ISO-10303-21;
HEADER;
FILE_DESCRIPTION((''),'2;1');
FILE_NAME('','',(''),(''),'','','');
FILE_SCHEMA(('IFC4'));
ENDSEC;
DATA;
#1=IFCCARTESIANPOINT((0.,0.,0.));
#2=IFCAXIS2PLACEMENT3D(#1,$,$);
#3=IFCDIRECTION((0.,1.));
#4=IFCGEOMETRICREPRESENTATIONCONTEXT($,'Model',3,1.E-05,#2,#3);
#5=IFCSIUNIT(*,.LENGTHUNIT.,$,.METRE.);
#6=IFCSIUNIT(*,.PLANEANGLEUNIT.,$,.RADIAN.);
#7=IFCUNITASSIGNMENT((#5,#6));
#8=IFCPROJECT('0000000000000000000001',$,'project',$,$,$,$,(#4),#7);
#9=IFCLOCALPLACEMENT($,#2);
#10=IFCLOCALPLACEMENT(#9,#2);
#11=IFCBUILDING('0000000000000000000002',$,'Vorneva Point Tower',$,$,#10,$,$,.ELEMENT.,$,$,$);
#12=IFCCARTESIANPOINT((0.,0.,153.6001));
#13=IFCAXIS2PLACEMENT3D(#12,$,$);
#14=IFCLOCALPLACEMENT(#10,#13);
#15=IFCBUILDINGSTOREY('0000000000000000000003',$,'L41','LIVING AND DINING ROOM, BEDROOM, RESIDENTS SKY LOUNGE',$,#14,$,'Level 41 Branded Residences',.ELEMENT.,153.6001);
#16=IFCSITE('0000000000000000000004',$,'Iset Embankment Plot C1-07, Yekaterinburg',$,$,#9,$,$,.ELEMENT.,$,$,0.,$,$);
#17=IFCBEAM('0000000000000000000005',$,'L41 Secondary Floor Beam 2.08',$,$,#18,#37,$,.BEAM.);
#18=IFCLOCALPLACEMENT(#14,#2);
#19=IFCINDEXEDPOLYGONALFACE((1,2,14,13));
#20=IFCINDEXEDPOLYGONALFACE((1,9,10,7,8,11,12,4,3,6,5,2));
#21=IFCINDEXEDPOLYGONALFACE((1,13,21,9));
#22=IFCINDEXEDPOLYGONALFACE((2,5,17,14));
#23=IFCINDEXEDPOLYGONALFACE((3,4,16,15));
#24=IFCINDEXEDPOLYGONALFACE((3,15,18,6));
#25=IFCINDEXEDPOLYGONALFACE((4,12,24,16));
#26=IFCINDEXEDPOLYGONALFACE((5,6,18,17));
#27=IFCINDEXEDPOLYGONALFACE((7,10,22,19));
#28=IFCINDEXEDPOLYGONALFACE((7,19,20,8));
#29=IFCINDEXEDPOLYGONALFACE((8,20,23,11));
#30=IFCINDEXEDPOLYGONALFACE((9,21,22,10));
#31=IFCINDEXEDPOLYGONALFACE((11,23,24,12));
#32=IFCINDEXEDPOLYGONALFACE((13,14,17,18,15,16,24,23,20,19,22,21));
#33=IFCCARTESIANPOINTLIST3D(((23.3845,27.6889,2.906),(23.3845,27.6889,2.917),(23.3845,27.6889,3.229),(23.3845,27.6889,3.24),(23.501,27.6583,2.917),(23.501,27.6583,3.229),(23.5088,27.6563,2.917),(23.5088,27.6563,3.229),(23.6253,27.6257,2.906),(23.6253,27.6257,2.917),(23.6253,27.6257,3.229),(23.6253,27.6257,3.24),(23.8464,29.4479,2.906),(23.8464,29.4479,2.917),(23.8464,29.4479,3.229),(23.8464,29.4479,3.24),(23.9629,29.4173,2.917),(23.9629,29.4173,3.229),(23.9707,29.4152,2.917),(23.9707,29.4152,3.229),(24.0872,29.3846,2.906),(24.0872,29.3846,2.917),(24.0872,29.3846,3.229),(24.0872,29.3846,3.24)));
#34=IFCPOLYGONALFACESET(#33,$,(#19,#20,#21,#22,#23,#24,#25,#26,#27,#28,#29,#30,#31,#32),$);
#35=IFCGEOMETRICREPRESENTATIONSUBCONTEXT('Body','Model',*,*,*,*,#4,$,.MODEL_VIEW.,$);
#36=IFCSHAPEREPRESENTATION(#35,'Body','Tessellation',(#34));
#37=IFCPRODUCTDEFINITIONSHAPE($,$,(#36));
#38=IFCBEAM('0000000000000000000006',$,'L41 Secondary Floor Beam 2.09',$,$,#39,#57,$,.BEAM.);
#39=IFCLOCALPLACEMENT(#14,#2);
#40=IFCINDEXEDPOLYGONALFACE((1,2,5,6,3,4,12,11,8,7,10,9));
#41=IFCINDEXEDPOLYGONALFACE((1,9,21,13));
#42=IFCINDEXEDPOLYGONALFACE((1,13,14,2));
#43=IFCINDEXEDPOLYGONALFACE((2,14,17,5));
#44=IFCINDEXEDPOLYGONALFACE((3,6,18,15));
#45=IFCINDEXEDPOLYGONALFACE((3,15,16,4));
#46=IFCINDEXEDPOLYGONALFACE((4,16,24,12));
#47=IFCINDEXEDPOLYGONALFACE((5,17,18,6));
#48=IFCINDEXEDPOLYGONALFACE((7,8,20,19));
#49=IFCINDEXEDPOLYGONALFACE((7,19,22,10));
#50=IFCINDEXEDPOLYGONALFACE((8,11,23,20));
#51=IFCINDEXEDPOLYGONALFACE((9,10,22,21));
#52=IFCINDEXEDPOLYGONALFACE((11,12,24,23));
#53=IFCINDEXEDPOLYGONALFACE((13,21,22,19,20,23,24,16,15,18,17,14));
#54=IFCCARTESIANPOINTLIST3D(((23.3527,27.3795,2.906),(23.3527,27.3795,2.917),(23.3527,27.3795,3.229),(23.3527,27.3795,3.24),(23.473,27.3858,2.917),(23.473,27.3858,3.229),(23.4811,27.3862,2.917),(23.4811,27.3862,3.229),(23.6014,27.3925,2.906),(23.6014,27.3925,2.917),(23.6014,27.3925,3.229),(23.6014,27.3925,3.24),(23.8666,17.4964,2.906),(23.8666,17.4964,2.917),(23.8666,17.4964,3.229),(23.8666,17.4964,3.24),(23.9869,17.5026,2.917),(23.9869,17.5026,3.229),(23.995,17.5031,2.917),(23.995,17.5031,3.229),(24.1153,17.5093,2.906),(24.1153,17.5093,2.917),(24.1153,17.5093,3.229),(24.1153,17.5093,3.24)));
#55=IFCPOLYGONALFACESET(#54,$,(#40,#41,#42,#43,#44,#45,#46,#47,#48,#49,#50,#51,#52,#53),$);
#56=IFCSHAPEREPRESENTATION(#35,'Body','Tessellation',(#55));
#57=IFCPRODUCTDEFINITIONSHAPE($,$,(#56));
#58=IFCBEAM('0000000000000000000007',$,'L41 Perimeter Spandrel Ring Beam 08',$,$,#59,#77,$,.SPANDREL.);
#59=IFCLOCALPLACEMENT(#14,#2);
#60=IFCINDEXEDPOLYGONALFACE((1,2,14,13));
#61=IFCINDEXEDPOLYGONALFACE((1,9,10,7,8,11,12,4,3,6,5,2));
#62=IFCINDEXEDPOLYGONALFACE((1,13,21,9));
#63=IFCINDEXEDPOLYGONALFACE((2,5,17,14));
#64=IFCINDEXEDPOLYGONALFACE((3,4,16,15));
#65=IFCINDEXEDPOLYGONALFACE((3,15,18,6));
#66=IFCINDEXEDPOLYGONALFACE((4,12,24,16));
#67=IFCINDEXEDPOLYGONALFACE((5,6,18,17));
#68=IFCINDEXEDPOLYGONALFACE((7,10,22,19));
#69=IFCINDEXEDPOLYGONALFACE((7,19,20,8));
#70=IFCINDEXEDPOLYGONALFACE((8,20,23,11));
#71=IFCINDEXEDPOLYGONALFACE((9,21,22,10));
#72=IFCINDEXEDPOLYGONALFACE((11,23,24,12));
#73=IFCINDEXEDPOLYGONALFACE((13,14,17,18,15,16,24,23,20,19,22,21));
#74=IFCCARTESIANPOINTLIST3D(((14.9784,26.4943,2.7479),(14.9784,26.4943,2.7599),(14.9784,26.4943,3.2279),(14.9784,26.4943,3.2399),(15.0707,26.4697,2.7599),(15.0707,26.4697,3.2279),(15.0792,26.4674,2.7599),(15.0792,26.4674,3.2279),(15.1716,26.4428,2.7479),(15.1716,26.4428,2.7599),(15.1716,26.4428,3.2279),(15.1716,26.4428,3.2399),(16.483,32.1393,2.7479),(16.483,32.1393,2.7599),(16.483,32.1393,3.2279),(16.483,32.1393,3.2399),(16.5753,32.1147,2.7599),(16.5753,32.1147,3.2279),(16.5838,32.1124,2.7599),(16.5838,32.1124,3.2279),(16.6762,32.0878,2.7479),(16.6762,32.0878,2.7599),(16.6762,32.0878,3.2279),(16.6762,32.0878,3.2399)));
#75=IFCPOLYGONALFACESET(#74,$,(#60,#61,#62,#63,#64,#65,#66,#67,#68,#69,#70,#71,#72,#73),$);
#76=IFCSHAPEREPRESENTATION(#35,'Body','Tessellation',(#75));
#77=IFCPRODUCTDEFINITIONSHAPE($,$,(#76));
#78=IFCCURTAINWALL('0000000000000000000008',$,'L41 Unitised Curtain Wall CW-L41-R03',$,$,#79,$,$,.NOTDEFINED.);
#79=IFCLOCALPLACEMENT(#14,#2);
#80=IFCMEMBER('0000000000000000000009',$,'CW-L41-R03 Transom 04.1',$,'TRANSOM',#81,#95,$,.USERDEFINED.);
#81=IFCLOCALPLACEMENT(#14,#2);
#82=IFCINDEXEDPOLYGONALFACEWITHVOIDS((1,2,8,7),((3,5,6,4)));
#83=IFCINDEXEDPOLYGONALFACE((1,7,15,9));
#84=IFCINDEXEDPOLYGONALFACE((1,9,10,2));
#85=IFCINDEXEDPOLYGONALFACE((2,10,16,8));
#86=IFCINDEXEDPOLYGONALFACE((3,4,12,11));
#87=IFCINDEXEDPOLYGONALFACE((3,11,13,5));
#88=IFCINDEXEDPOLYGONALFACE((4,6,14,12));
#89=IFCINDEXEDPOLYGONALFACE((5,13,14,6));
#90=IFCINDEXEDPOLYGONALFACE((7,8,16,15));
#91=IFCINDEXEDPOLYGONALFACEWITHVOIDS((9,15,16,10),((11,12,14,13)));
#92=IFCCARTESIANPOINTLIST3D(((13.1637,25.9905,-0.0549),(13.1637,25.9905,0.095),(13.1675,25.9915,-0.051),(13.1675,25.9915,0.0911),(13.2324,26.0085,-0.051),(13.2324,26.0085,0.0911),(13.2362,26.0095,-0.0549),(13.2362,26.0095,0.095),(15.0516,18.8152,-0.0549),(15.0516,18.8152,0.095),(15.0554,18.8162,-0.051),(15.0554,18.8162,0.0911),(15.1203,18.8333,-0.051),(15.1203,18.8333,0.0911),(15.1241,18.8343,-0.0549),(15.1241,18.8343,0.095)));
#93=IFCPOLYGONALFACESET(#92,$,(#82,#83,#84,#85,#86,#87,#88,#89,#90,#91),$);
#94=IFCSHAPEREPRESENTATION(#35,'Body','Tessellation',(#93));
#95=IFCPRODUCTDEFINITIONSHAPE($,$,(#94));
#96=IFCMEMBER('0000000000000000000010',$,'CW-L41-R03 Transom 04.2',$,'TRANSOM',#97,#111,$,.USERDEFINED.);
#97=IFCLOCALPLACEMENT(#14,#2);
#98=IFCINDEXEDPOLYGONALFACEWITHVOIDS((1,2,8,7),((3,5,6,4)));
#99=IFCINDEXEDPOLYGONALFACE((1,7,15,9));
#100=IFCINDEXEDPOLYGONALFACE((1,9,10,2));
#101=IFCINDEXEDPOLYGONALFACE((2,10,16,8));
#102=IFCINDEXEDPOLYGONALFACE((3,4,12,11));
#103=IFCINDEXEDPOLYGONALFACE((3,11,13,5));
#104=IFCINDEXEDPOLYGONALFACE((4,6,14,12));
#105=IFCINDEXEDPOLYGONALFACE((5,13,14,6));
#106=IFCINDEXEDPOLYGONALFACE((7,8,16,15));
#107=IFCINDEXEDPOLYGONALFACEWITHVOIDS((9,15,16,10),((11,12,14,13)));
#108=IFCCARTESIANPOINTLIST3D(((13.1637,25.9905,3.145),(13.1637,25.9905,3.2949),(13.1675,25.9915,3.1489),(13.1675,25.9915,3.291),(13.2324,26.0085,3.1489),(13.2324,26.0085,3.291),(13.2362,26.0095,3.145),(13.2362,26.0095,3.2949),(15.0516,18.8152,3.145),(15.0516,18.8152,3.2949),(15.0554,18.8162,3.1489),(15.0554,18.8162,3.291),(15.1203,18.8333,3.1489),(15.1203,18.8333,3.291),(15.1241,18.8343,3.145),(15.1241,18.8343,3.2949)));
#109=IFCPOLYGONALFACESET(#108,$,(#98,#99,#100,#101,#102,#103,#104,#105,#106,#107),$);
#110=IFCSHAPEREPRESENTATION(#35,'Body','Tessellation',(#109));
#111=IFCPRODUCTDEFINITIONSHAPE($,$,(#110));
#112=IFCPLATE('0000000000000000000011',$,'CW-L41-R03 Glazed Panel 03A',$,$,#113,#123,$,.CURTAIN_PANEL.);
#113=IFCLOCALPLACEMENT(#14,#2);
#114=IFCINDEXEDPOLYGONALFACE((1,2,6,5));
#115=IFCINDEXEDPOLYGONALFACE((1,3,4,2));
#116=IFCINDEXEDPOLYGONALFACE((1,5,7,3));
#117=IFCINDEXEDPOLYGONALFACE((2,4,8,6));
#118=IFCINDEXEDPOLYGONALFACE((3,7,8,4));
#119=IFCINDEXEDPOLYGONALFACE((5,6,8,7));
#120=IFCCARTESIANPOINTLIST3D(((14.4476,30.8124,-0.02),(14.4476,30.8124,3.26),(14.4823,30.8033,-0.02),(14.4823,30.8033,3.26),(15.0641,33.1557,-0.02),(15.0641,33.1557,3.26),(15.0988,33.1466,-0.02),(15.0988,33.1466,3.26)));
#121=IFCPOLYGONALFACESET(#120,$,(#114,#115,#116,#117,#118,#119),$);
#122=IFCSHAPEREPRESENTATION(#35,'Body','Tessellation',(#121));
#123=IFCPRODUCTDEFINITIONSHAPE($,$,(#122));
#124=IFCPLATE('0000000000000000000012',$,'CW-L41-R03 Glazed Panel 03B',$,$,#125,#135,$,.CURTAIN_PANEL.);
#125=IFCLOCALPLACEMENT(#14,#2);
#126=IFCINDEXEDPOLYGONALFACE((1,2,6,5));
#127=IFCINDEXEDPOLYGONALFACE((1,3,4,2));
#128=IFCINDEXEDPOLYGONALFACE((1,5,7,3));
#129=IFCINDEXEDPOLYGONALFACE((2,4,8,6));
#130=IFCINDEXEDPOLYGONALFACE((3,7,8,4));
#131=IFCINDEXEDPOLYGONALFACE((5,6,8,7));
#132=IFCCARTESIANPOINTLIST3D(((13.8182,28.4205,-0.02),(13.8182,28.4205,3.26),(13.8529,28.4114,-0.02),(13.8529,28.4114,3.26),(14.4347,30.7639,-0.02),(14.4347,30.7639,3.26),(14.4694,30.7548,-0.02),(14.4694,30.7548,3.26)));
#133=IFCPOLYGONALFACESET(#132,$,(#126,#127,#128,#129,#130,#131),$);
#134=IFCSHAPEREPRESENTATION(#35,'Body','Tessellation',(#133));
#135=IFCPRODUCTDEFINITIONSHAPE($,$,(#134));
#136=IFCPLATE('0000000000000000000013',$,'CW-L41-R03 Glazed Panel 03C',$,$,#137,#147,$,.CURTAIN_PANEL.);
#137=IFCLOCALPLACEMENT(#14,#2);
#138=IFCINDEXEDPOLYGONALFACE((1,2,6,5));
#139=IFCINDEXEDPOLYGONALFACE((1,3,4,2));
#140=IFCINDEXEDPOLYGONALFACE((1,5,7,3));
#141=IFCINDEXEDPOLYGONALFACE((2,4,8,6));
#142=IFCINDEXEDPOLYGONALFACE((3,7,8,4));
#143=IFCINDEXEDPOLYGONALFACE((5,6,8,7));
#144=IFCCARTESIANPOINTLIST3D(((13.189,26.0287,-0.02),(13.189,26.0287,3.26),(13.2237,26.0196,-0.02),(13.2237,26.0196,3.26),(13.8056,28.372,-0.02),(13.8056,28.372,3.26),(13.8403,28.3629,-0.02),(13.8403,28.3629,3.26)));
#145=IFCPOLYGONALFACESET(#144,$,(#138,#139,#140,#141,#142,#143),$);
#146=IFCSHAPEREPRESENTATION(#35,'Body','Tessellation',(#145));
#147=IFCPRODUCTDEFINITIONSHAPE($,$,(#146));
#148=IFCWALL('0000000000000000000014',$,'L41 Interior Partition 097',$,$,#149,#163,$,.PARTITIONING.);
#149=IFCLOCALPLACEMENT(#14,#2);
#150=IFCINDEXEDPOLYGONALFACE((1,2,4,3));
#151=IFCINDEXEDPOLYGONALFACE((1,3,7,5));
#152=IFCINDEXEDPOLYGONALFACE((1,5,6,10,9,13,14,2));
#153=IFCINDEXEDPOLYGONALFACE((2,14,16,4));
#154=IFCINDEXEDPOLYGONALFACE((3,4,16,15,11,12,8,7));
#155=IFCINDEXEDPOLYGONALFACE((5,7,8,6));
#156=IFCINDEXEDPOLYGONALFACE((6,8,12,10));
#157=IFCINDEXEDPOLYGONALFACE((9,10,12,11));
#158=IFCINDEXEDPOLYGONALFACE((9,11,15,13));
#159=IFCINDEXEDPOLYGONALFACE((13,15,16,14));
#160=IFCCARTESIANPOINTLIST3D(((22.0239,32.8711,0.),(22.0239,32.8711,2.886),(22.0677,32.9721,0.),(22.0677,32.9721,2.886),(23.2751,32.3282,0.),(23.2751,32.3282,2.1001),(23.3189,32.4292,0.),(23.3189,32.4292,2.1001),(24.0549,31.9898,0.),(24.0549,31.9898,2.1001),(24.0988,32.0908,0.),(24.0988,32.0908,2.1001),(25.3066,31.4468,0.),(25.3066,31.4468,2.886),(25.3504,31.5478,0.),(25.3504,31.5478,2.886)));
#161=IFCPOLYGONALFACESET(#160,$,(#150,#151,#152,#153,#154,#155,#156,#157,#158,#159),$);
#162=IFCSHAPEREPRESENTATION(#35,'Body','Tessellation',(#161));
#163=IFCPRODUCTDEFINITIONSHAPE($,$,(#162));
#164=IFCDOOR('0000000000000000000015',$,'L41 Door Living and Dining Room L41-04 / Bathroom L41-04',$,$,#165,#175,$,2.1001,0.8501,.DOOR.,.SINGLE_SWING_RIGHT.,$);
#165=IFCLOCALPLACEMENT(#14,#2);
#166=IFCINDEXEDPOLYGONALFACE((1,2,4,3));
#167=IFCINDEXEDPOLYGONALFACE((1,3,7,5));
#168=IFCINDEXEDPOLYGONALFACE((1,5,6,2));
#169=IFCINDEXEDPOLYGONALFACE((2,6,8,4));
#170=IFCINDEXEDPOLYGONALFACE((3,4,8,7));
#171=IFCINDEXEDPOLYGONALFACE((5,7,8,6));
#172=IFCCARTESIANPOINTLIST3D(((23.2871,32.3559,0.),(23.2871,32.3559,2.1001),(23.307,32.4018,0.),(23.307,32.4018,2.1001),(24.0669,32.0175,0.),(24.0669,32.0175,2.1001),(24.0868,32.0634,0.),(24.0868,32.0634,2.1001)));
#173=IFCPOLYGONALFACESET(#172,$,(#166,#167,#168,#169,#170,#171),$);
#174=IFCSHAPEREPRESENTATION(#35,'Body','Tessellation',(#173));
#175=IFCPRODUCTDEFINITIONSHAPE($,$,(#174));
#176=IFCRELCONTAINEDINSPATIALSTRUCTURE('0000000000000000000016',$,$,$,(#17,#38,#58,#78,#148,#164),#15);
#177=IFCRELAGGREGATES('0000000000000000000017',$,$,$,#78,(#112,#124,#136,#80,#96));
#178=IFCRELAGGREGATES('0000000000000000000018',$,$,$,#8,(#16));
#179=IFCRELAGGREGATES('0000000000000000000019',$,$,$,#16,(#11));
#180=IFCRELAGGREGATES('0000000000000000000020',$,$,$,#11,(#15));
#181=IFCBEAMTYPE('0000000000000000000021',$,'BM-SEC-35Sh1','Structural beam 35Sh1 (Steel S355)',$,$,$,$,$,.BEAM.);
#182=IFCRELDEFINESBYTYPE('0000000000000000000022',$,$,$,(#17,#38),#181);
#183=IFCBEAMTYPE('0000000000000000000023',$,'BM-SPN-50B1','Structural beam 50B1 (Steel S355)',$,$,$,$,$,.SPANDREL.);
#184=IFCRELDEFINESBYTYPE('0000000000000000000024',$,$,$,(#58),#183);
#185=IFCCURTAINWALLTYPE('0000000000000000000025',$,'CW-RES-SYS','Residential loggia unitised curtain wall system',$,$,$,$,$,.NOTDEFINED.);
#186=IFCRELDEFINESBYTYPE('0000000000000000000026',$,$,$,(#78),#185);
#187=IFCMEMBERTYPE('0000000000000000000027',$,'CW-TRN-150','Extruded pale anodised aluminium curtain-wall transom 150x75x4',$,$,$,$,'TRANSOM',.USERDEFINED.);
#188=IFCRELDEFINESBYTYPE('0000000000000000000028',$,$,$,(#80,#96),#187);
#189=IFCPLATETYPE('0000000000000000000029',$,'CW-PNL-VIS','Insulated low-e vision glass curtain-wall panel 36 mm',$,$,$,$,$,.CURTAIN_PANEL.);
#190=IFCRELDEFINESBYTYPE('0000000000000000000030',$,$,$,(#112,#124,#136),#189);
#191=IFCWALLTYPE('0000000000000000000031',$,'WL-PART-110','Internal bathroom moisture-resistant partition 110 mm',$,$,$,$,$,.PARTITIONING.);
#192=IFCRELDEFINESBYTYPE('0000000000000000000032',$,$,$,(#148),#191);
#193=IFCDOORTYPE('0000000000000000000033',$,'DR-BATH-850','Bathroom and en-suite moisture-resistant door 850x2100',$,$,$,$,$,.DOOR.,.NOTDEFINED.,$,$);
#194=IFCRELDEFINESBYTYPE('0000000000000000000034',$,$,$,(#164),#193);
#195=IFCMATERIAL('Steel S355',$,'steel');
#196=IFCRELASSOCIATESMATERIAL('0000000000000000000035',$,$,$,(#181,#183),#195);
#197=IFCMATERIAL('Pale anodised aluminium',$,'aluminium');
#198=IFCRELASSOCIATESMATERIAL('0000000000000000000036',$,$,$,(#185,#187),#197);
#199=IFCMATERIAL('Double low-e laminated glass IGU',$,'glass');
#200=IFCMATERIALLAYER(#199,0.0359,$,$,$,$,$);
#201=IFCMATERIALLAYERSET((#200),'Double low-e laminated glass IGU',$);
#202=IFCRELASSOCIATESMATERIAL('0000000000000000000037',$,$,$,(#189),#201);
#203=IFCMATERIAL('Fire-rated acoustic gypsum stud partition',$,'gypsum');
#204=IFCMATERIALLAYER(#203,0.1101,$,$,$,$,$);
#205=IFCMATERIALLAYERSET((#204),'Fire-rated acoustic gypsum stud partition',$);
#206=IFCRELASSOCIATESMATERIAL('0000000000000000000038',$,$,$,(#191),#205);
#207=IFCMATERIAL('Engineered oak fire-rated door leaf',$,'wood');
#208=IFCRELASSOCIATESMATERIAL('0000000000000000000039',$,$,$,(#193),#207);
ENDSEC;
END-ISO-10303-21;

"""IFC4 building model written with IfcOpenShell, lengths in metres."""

from ifc_helpers import new_model, si_unit, direction, frame, frame_2d, origin, origin_2d, place, context, subcontext, project, spatial, rectangle, hollow_rectangle, i_section, extrude, material, layer, layer_set, material_profile, profile_set, type_object, element, fill, aggregate, save


model = new_model("IFC4")

# Units and contexts
model_context = context("Model", 3, precision=1e-05, world=origin(), true_north=direction((0.0, 1.0)))
body_context = subcontext(model_context, "Body", "Model", "MODEL_VIEW")
ifc_project = project(units=[si_unit("LENGTHUNIT", "METRE"), si_unit("PLANEANGLEUNIT", "RADIAN")], contexts=[model_context])

# Site, building, storey
site_placement = place(None, origin())
site = spatial("IfcSite", under=ifc_project, at=site_placement, Name="Iset Embankment Plot C1-07, Yekaterinburg", CompositionType="ELEMENT", RefElevation=0.0)
building_placement = place(site_placement, origin())
building = spatial("IfcBuilding", under=site, at=building_placement, Name="Vorneva Point Tower", CompositionType="ELEMENT")
storey_placement = place(building_placement, frame((0.0, 0.0, 153.6001)))
storey = spatial("IfcBuildingStorey", under=building, at=storey_placement, Name="L41", Description="LIVING AND DINING ROOM, BEDROOM, RESIDENTS SKY LOUNGE", LongName="Level 41 Branded Residences", CompositionType="ELEMENT", Elevation=153.6001)

# Beams
ifc_material_1 = material(Name="Steel S355", Category="steel")
ifc_material_profile_1 = material_profile(ifc_material_1, i_section(OverallWidth=0.249, OverallDepth=0.334, WebThickness=0.0081, FlangeThickness=0.011, at=origin_2d()), Name="35Sh1")
ifc_profile_set_1 = profile_set([ifc_material_profile_1], Name="Steel S355")
beam_type_1 = type_object("IfcBeamType", Name="BM-SEC-35Sh1", Description="Structural beam 35Sh1 (Steel S355)", PredefinedType="BEAM", material=ifc_profile_set_1)
beam_1_placement = place(storey_placement, frame((23.9668, 29.4163, 3.073), z_axis=(-0.253984, -0.967208, 0.0), x_axis=(0.967208, -0.253984, 0.0)))
element("IfcBeam", 1, at=beam_1_placement, inside=storey, type_object=beam_type_1, Name="L41 Secondary Floor Beam 2.08", PredefinedType="BEAM", context=body_context, shape_type="SweptSolid", body=[
    extrude(i_section(OverallWidth=0.249, OverallDepth=0.334, WebThickness=0.0081, FlangeThickness=0.011, at=origin_2d()), origin(), (0.0, 0.0, 1.0), 1.8186),
])
beam_2_placement = place(storey_placement, frame((23.4771, 27.386, 3.073), z_axis=(0.05193, -0.998651, 0.0), x_axis=(0.998651, 0.05193, 0.0)))
element("IfcBeam", 2, at=beam_2_placement, inside=storey, type_object=beam_type_1, Name="L41 Secondary Floor Beam 2.09", PredefinedType="BEAM", context=body_context, shape_type="SweptSolid", body=[
    extrude(i_section(OverallWidth=0.249, OverallDepth=0.334, WebThickness=0.0081, FlangeThickness=0.011, at=origin_2d()), origin(), (0.0, 0.0, 1.0), 9.8965),
])
ifc_material_profile_2 = material_profile(ifc_material_1, i_section(OverallWidth=0.2, OverallDepth=0.4919, WebThickness=0.0088, FlangeThickness=0.012, at=origin_2d()), Name="50B1")
ifc_profile_set_2 = profile_set([ifc_material_profile_2], Name="Steel S355")
beam_type_2 = type_object("IfcBeamType", Name="BM-SPN-50B1", Description="Structural beam 50B1 (Steel S355)", PredefinedType="SPANDREL", material=ifc_profile_set_2)
beam_3_placement = place(storey_placement, frame((16.5796, 32.1135, 2.9939), z_axis=(-0.257551, -0.966265, 0.0), x_axis=(0.966265, -0.257551, 0.0)))
element("IfcBeam", 3, at=beam_3_placement, inside=storey, type_object=beam_type_2, Name="L41 Perimeter Spandrel Ring Beam 08", PredefinedType="SPANDREL", context=body_context, shape_type="SweptSolid", body=[
    extrude(i_section(OverallWidth=0.2, OverallDepth=0.4919, WebThickness=0.0088, FlangeThickness=0.012, at=origin_2d()), origin(), (0.0, 0.0, 1.0), 5.842),
])

# Curtain wall, members, plates
ifc_material_2 = material(Name="Pale anodised aluminium", Category="aluminium")
curtain_wall_type = type_object("IfcCurtainWallType", Name="CW-RES-SYS", Description="Residential loggia unitised curtain wall system", PredefinedType="NOTDEFINED", material=ifc_material_2)
curtain_wall_placement = place(storey_placement, origin())
curtain_wall = element("IfcCurtainWall", 4, at=curtain_wall_placement, inside=storey, type_object=curtain_wall_type, Name="L41 Unitised Curtain Wall CW-L41-R03", PredefinedType="NOTDEFINED")
ifc_material_profile_3 = material_profile(ifc_material_2, hollow_rectangle(XDim=0.075, YDim=0.1499, WallThickness=0.0039, at=origin_2d()), Name="AL-TRN 150x75x4")
ifc_profile_set_3 = profile_set([ifc_material_profile_3], Name="Pale anodised aluminium")
member_type = type_object("IfcMemberType", Name="CW-TRN-150", Description="Extruded pale anodised aluminium curtain-wall transom 150x75x4", ElementType="TRANSOM", PredefinedType="USERDEFINED", material=ifc_profile_set_3)
member_1_placement = place(storey_placement, frame((13.2, 26.0, 0.02), z_axis=(0.254456, -0.967084, 0.0), x_axis=(0.967084, 0.254456, 0.0)))
member_1 = element("IfcMember", 5, at=member_1_placement, type_object=member_type, Name="CW-L41-R03 Transom 04.1", ObjectType="TRANSOM", PredefinedType="USERDEFINED", context=body_context, shape_type="SweptSolid", body=[
    extrude(hollow_rectangle(XDim=0.075, YDim=0.1499, WallThickness=0.0039, at=origin_2d()), origin(), (0.0, 0.0, 1.0), 7.4194),
])
member_2_placement = place(storey_placement, frame((13.2, 26.0, 3.22), z_axis=(0.254456, -0.967084, 0.0), x_axis=(0.967084, 0.254456, 0.0)))
member_2 = element("IfcMember", 6, at=member_2_placement, type_object=member_type, Name="CW-L41-R03 Transom 04.2", ObjectType="TRANSOM", PredefinedType="USERDEFINED", context=body_context, shape_type="SweptSolid", body=[
    extrude(hollow_rectangle(XDim=0.075, YDim=0.1499, WallThickness=0.0039, at=origin_2d()), origin(), (0.0, 0.0, 1.0), 7.4194),
])
ifc_material_3 = material(Name="Double low-e laminated glass IGU", Category="glass")
ifc_layer_1 = layer(ifc_material_3, 0.0359)
ifc_layer_set_1 = layer_set([ifc_layer_1], Name="Double low-e laminated glass IGU")
plate_type = type_object("IfcPlateType", Name="CW-PNL-VIS", Description="Insulated low-e vision glass curtain-wall panel 36 mm", PredefinedType="CURTAIN_PANEL", material=ifc_layer_set_1)
plate_1_placement = place(storey_placement, frame((14.7732, 31.9795, -0.02), z_axis=(0.0, 0.0, 1.0), x_axis=(-0.254433, -0.96709, 0.0)))
plate_1 = element("IfcPlate", 7, at=plate_1_placement, type_object=plate_type, Name="CW-L41-R03 Glazed Panel 03A", PredefinedType="CURTAIN_PANEL", context=body_context, shape_type="SweptSolid", body=[
    extrude(rectangle(XDim=2.4231, YDim=0.0359, at=origin_2d()), origin(), (0.0, 0.0, 1.0), 3.28),
])
plate_2_placement = place(storey_placement, frame((14.1438, 29.5876, -0.02), z_axis=(0.0, 0.0, 1.0), x_axis=(-0.254433, -0.96709, 0.0)))
plate_2 = element("IfcPlate", 8, at=plate_2_placement, type_object=plate_type, Name="CW-L41-R03 Glazed Panel 03B", PredefinedType="CURTAIN_PANEL", context=body_context, shape_type="SweptSolid", body=[
    extrude(rectangle(XDim=2.4231, YDim=0.0359, at=origin_2d()), origin(), (0.0, 0.0, 1.0), 3.28),
])
plate_3_placement = place(storey_placement, frame((13.5146, 27.1958, -0.02), z_axis=(0.0, 0.0, 1.0), x_axis=(-0.254433, -0.96709, 0.0)))
plate_3 = element("IfcPlate", 9, at=plate_3_placement, type_object=plate_type, Name="CW-L41-R03 Glazed Panel 03C", PredefinedType="CURTAIN_PANEL", context=body_context, shape_type="SweptSolid", body=[
    extrude(rectangle(XDim=2.4231, YDim=0.0359, at=origin_2d()), origin(), (0.0, 0.0, 1.0), 3.28),
])
aggregate(curtain_wall, [plate_1, plate_2, plate_3, member_1, member_2])

# Wall, opening, door
ifc_material_4 = material(Name="Fire-rated acoustic gypsum stud partition", Category="gypsum")
ifc_layer_2 = layer(ifc_material_4, 0.1101)
ifc_layer_set_2 = layer_set([ifc_layer_2], Name="Fire-rated acoustic gypsum stud partition")
wall_type_1 = type_object("IfcWallType", Name="WL-PART-110", Description="Internal bathroom moisture-resistant partition 110 mm", PredefinedType="PARTITIONING", material=ifc_layer_set_2)
wall_1_placement = place(storey_placement, frame((25.3284, 31.4973, 0.0), z_axis=(0.0, 0.0, 1.0), x_axis=(-0.917371, 0.398032, 0.0)))
wall_1 = element("IfcWall", 10, at=wall_1_placement, inside=storey, type_object=wall_type_1, Name="L41 Interior Partition 097", PredefinedType="PARTITIONING", context=body_context, shape_type="SweptSolid", body=[
    extrude(rectangle(XDim=3.5784, YDim=0.1101, at=frame_2d((1.7891, 0.0))), origin(), (0.0, 0.0, 1.0), 2.886),
])
opening_1_placement = place(wall_1_placement, frame((1.3643, 0.0, 0.0)))
opening_1 = element("IfcOpeningElement", 11, at=opening_1_placement, cuts=wall_1, PredefinedType="OPENING", context=body_context, shape_type="SweptSolid", body=[
    extrude(rectangle(XDim=0.8501, YDim=2.1001, at=frame_2d((0.425, 1.05))), frame((0.0, 0.0698, 0.0), z_axis=(0.0, -1.0, 0.0), x_axis=(1.0, 0.0, 0.0)), (0.0, 0.0, 1.0), 0.1399),
])
ifc_material_5 = material(Name="Engineered oak fire-rated door leaf", Category="wood")
door_type_1 = type_object("IfcDoorType", Name="DR-BATH-850", Description="Bathroom and en-suite moisture-resistant door 850x2100", OperationType="NOTDEFINED", PredefinedType="DOOR", material=ifc_material_5)
door_1_placement = place(opening_1_placement, origin())
door_1 = element("IfcDoor", 12, at=door_1_placement, inside=storey, type_object=door_type_1, Name="L41 Door Living and Dining Room L41-04 / Bathroom L41-04", OperationType="SINGLE_SWING_RIGHT", OverallHeight=2.1001, OverallWidth=0.8501, PredefinedType="DOOR", context=body_context, shape_type="SweptSolid", body=[
    extrude(rectangle(XDim=0.8501, YDim=2.1001, at=frame_2d((0.425, 1.05))), frame((0.0, 0.0249, 0.0), z_axis=(0.0, -1.0, 0.0), x_axis=(1.0, 0.0, 0.0)), (0.0, 0.0, 1.0), 0.05),
])
fill(opening_1, door_1)

save(model, "model.ifc")
